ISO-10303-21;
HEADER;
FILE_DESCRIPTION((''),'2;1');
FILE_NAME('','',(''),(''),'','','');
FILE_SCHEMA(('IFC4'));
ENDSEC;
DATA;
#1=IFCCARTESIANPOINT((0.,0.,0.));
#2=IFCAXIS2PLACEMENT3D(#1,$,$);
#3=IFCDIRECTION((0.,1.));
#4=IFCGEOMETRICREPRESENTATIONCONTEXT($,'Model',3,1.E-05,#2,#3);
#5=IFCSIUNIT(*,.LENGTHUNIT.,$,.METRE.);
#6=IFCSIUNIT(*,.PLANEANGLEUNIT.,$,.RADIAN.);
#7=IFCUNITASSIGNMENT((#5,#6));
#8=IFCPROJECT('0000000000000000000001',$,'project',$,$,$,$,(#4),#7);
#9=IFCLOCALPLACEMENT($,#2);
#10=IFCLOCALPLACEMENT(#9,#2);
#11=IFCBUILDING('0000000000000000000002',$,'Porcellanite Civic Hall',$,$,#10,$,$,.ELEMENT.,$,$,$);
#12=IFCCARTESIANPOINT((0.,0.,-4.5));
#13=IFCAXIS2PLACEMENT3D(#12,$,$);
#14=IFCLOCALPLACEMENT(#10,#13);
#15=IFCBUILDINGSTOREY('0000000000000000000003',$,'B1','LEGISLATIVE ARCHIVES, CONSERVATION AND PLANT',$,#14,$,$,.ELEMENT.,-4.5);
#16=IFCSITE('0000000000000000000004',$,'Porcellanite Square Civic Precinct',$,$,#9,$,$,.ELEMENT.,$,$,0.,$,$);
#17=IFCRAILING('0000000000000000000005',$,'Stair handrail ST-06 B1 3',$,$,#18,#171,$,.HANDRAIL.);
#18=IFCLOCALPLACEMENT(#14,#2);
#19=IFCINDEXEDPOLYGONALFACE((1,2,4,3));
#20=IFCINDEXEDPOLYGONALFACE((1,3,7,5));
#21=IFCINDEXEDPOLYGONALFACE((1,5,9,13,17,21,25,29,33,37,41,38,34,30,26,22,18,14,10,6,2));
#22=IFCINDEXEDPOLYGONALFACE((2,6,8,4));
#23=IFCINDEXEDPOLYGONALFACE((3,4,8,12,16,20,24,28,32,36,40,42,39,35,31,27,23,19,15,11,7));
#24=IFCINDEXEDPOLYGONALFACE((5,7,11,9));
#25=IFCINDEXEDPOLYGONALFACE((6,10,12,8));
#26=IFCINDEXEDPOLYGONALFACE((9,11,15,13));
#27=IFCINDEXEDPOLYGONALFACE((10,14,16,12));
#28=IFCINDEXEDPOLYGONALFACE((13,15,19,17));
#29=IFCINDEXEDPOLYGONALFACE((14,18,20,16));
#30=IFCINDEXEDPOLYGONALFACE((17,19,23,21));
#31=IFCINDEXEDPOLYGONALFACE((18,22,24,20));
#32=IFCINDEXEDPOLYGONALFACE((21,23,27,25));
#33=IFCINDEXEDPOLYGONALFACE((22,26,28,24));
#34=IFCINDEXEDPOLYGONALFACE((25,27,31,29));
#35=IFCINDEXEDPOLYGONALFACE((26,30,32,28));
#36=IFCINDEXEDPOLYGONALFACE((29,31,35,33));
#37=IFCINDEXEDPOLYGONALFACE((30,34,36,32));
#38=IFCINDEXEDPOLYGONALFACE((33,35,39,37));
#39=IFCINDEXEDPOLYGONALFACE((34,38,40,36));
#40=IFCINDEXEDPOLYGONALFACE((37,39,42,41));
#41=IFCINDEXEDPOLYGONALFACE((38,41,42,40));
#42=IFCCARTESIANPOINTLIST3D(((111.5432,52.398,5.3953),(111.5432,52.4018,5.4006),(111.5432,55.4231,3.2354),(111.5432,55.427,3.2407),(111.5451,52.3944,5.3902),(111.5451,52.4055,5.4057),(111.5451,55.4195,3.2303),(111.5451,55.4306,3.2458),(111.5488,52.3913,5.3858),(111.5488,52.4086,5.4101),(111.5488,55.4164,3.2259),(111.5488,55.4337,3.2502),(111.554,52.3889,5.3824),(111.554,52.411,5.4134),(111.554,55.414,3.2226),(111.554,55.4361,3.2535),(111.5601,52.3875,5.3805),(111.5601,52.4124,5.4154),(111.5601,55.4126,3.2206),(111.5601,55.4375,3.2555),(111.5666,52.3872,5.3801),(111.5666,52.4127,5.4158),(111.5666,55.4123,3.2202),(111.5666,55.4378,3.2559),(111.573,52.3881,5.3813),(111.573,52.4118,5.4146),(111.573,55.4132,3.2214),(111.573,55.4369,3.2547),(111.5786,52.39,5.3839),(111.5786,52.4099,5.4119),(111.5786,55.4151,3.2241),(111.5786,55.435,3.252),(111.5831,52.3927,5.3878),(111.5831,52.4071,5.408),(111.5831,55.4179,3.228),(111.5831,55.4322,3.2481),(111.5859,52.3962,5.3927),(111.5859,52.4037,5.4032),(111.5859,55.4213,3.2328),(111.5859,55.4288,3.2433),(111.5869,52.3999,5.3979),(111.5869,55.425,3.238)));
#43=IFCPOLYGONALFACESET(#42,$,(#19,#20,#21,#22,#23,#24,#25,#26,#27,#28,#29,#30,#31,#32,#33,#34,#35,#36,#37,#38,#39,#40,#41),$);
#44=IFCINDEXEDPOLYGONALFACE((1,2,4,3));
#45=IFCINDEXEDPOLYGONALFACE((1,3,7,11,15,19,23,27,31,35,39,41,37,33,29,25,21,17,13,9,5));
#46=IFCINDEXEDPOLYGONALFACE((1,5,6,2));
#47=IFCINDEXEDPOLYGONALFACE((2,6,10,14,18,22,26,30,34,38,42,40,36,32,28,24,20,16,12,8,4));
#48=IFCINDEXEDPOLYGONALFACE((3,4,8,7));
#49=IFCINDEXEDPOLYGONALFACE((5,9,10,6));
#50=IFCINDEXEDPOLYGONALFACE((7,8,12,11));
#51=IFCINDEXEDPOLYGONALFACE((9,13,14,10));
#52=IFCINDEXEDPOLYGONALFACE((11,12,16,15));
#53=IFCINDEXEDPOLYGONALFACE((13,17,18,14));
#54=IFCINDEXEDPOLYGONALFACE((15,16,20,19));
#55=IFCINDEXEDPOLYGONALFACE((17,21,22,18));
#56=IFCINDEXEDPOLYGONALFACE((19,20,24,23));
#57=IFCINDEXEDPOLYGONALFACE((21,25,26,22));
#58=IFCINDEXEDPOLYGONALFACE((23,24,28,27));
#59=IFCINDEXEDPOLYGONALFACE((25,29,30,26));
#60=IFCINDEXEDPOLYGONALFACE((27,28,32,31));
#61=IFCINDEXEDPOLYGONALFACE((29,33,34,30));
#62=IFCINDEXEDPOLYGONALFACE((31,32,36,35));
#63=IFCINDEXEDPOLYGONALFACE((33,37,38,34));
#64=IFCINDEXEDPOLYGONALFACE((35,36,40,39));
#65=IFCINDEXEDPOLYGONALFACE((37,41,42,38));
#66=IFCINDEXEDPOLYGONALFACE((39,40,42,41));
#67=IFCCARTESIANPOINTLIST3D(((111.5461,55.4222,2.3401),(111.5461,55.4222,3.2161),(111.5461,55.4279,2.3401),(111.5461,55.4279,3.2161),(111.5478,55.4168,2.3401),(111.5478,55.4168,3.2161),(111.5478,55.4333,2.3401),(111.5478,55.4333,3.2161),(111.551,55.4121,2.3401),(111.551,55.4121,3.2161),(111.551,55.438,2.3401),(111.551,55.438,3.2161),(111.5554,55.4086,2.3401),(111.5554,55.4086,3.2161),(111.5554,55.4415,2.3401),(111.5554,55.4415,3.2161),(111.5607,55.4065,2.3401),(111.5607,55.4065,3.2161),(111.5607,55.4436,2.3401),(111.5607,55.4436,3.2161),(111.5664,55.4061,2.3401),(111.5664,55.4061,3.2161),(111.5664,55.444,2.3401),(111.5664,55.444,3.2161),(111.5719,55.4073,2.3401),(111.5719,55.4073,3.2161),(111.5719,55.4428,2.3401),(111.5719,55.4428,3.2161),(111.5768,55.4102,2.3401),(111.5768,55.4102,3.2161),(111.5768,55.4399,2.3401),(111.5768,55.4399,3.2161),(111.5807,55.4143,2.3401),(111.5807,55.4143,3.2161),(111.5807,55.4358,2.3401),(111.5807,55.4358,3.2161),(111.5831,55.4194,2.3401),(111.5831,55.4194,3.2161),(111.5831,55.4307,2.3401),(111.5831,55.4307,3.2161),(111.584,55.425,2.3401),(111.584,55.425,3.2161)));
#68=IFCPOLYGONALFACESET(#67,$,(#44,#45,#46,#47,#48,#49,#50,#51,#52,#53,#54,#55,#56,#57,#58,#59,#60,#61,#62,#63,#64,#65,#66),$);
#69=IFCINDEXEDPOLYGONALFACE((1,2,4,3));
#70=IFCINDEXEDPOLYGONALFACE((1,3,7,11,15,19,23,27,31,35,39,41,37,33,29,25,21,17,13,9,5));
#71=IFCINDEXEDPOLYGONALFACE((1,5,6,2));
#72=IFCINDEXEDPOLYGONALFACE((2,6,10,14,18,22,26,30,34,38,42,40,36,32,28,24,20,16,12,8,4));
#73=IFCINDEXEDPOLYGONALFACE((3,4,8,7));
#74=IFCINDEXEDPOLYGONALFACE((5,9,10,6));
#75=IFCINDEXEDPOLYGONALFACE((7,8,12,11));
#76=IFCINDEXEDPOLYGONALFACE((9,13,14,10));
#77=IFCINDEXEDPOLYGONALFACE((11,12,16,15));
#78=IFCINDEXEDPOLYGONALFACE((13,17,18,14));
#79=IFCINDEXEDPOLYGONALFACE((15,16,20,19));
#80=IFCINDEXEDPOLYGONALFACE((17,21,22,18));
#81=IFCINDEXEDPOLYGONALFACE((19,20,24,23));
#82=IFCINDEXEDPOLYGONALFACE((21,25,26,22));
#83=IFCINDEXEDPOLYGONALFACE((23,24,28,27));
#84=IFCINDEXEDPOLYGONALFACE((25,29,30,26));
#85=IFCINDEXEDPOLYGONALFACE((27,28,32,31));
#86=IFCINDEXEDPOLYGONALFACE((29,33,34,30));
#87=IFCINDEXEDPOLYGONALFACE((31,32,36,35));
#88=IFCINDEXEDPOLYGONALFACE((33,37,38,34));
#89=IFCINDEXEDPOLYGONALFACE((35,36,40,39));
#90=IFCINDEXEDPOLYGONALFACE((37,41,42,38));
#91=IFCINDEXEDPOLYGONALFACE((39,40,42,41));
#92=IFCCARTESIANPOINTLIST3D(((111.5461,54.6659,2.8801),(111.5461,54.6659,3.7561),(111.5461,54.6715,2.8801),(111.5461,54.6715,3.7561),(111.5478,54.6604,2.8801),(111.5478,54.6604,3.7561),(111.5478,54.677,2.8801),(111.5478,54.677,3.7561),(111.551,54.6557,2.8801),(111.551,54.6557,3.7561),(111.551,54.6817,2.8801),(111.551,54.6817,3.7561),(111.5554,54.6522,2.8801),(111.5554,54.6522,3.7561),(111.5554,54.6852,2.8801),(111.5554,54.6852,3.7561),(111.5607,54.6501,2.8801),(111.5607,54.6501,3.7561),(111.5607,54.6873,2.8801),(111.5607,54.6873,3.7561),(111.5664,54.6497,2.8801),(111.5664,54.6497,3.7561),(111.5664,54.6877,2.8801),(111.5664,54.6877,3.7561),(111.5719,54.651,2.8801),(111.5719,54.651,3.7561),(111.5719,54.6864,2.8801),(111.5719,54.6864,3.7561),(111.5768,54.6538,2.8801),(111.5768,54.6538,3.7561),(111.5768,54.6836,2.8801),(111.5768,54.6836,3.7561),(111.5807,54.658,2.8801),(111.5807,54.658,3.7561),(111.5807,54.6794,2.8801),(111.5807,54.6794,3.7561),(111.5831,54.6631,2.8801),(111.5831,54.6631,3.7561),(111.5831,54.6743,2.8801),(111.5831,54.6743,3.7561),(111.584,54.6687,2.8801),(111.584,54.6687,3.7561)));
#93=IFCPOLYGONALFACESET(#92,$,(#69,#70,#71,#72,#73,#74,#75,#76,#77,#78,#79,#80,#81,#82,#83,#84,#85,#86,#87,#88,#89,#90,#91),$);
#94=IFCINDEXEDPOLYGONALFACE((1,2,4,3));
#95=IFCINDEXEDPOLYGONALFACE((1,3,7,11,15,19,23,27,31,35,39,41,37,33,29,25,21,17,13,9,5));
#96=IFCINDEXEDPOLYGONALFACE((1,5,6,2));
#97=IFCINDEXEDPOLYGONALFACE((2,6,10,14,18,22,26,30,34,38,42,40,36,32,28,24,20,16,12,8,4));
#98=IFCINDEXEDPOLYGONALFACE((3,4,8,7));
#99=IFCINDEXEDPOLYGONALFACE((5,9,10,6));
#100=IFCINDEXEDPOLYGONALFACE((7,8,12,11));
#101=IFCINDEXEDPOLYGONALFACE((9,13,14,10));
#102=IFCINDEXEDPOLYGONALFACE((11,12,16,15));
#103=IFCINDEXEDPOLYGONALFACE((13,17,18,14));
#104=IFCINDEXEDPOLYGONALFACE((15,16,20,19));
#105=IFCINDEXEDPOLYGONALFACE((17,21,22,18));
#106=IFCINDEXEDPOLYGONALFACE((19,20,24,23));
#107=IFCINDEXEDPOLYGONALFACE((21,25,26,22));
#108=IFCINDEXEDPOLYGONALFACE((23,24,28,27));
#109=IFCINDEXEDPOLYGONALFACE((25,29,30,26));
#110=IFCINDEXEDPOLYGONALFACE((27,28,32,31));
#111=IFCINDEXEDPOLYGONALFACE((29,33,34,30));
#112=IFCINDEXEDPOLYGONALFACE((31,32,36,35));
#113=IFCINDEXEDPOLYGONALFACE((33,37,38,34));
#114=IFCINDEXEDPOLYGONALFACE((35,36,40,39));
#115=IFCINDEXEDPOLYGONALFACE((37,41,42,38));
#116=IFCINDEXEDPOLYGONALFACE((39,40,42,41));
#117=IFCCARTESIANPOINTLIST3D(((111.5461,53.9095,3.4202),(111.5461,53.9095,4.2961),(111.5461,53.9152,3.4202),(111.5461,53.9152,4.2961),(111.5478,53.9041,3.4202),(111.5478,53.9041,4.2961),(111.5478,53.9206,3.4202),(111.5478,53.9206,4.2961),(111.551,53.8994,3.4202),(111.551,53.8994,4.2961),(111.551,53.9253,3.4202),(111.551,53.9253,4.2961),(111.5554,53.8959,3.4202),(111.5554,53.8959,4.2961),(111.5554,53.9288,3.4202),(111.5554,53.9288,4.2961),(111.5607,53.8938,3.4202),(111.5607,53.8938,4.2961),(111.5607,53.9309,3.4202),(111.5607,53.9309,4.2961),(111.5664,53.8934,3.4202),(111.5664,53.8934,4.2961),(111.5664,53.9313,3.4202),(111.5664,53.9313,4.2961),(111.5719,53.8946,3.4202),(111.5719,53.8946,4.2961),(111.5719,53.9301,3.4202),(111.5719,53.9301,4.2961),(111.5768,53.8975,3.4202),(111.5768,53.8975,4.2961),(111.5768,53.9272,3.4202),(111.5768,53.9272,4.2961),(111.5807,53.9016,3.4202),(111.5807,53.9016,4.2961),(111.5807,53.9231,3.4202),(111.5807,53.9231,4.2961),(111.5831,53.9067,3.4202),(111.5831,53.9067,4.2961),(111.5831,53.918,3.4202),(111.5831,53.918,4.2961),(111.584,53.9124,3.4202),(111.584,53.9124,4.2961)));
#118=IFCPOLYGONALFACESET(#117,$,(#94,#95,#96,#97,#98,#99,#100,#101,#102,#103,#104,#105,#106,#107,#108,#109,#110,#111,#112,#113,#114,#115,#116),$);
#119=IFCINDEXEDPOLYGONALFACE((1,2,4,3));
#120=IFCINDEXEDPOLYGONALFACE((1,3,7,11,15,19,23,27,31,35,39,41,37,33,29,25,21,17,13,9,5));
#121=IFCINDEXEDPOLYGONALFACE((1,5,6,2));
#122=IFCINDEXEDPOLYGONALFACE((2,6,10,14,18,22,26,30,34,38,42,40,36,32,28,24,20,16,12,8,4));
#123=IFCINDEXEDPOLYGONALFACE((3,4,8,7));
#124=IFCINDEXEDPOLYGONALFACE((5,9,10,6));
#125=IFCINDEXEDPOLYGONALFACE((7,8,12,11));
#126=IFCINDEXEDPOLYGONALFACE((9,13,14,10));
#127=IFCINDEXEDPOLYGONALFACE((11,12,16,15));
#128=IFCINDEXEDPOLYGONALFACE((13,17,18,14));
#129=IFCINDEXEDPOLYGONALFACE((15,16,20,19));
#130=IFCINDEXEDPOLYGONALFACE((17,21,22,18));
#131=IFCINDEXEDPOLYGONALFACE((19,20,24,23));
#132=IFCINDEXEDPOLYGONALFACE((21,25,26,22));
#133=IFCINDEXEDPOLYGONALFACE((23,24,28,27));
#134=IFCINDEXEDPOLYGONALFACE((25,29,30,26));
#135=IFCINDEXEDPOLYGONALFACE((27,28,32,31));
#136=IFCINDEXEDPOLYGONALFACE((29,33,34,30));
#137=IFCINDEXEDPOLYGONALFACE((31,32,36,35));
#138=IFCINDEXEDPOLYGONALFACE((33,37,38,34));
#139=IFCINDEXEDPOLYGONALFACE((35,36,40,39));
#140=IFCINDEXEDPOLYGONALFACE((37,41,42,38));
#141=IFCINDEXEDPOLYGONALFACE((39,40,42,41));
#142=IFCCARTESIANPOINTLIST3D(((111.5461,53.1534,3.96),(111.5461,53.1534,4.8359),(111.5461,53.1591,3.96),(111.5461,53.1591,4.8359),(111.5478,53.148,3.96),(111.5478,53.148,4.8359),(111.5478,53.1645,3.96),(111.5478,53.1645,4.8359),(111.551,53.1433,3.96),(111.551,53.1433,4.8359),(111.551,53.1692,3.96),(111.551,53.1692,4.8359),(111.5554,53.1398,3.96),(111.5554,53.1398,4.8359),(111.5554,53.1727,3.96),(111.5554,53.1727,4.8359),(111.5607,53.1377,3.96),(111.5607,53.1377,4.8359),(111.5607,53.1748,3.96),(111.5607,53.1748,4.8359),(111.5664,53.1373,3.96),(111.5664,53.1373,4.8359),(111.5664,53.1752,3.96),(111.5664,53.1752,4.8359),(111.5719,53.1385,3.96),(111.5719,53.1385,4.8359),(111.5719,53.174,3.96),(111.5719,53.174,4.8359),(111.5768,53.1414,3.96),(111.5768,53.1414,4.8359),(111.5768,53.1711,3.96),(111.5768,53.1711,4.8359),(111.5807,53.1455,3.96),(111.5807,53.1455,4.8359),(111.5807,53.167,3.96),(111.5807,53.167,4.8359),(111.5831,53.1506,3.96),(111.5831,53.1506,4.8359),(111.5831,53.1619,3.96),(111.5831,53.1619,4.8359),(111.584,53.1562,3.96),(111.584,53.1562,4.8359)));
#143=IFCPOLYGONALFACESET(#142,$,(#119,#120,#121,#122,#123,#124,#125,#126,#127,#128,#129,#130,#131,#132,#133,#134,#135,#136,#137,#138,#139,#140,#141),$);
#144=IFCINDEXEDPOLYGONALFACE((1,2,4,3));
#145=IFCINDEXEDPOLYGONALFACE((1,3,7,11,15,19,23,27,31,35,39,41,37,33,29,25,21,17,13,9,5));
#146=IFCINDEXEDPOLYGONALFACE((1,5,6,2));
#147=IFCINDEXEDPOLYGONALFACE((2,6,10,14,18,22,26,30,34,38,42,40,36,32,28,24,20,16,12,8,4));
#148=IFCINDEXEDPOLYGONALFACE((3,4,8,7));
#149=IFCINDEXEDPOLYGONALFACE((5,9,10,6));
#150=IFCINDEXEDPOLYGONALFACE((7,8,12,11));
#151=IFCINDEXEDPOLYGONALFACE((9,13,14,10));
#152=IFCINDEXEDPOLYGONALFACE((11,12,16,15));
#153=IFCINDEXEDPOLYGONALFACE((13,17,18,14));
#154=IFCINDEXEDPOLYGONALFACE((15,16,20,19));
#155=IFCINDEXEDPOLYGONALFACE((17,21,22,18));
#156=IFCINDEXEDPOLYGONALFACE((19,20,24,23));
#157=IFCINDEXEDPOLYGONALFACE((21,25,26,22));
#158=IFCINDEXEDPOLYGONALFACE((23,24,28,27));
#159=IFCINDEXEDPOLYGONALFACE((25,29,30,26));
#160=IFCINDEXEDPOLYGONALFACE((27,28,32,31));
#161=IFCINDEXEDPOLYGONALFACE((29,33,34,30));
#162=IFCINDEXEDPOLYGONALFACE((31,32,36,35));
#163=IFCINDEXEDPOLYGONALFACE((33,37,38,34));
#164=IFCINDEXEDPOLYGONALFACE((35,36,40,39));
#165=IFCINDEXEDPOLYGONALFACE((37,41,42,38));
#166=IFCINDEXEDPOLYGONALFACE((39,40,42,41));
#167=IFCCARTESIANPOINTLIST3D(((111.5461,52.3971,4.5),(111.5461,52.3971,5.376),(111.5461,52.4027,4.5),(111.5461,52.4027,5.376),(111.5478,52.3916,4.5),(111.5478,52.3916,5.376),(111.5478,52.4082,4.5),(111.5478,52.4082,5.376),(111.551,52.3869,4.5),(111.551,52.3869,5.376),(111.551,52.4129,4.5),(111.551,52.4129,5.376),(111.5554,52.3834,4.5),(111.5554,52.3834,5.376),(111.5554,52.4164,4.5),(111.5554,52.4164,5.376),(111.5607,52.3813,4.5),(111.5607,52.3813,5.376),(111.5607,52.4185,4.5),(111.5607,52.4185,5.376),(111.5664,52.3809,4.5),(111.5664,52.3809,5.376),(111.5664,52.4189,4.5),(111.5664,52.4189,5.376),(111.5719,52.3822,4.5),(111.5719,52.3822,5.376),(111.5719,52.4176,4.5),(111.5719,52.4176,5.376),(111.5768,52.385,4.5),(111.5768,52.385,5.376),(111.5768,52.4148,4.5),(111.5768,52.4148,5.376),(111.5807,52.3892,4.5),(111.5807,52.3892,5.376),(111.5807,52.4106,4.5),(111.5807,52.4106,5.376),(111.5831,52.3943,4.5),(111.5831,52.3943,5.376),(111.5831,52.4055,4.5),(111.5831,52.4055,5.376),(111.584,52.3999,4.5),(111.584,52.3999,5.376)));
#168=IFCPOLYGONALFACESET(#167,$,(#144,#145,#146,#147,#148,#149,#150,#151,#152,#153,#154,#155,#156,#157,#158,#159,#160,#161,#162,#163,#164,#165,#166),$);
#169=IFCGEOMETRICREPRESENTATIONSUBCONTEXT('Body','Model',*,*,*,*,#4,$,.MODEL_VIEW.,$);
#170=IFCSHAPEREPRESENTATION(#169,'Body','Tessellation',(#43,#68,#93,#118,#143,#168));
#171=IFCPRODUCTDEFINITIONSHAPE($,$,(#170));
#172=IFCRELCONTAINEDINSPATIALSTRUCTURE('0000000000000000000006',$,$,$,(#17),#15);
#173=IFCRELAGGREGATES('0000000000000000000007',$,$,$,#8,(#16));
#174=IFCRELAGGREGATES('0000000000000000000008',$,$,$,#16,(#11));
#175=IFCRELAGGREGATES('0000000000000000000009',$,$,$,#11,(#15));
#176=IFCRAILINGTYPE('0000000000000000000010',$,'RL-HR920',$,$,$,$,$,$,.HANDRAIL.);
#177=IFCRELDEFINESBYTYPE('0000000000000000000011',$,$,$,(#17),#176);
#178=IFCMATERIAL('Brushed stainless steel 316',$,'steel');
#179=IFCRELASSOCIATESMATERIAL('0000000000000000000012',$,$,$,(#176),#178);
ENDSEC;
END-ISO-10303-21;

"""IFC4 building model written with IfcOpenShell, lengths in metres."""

from ifc_helpers import new_model, si_unit, direction, frame, origin, origin_2d, place, context, subcontext, project, spatial, circle, extrude, material, type_object, element, save


model = new_model("IFC4")

# Units and contexts
model_context = context("Model", 3, precision=1e-05, world=origin(), true_north=direction((0.0, 1.0)))
body_context = subcontext(model_context, "Body", "Model", "MODEL_VIEW")
ifc_project = project(units=[si_unit("LENGTHUNIT", "METRE"), si_unit("PLANEANGLEUNIT", "RADIAN")], contexts=[model_context])

# Site, building, storey
site_placement = place(None, origin())
site = spatial("IfcSite", under=ifc_project, at=site_placement, Name="Porcellanite Square Civic Precinct", CompositionType="ELEMENT", RefElevation=0.0)
building_placement = place(site_placement, origin())
building = spatial("IfcBuilding", under=site, at=building_placement, Name="Porcellanite Civic Hall", CompositionType="ELEMENT")
storey_placement = place(building_placement, frame((0.0, 0.0, -4.5)))
storey = spatial("IfcBuildingStorey", under=building, at=storey_placement, Name="B1", Description="LEGISLATIVE ARCHIVES, CONSERVATION AND PLANT", CompositionType="ELEMENT", Elevation=-4.5)

# Railing
ifc_material_1 = material(Name="Brushed stainless steel 316", Category="steel")
railing_type_1 = type_object("IfcRailingType", Name="RL-HR920", PredefinedType="HANDRAIL", material=ifc_material_1)
railing_1_placement = place(storey_placement, frame((111.5649, 55.425, 2.3401)))
element("IfcRailing", 1, at=railing_1_placement, inside=storey, type_object=railing_type_1, Name="Stair handrail ST-06 B1 3", PredefinedType="HANDRAIL", context=body_context, shape_type="SweptSolid", body=[
    extrude(circle(Radius=0.022, at=origin_2d()), frame((0.0, 0.0, 0.8979), z_axis=(0.0, -0.813849, 0.581077), x_axis=(1.0, 0.0, 0.0)), (0.0, 0.0, 1.0), 3.717),
    extrude(circle(Radius=0.019, at=origin_2d()), origin(), (0.0, 0.0, 1.0), 0.876),
    extrude(circle(Radius=0.019, at=origin_2d()), frame((0.0, -0.7563, 0.54)), (0.0, 0.0, 1.0), 0.876),
    extrude(circle(Radius=0.019, at=origin_2d()), frame((0.0, -1.5127, 1.0801)), (0.0, 0.0, 1.0), 0.876),
    extrude(circle(Radius=0.019, at=origin_2d()), frame((0.0, -2.2688, 1.6199)), (0.0, 0.0, 1.0), 0.876),
    extrude(circle(Radius=0.019, at=origin_2d()), frame((0.0, -3.0251, 2.1599)), (0.0, 0.0, 1.0), 0.876),
])

save(model, "model.ifc")
